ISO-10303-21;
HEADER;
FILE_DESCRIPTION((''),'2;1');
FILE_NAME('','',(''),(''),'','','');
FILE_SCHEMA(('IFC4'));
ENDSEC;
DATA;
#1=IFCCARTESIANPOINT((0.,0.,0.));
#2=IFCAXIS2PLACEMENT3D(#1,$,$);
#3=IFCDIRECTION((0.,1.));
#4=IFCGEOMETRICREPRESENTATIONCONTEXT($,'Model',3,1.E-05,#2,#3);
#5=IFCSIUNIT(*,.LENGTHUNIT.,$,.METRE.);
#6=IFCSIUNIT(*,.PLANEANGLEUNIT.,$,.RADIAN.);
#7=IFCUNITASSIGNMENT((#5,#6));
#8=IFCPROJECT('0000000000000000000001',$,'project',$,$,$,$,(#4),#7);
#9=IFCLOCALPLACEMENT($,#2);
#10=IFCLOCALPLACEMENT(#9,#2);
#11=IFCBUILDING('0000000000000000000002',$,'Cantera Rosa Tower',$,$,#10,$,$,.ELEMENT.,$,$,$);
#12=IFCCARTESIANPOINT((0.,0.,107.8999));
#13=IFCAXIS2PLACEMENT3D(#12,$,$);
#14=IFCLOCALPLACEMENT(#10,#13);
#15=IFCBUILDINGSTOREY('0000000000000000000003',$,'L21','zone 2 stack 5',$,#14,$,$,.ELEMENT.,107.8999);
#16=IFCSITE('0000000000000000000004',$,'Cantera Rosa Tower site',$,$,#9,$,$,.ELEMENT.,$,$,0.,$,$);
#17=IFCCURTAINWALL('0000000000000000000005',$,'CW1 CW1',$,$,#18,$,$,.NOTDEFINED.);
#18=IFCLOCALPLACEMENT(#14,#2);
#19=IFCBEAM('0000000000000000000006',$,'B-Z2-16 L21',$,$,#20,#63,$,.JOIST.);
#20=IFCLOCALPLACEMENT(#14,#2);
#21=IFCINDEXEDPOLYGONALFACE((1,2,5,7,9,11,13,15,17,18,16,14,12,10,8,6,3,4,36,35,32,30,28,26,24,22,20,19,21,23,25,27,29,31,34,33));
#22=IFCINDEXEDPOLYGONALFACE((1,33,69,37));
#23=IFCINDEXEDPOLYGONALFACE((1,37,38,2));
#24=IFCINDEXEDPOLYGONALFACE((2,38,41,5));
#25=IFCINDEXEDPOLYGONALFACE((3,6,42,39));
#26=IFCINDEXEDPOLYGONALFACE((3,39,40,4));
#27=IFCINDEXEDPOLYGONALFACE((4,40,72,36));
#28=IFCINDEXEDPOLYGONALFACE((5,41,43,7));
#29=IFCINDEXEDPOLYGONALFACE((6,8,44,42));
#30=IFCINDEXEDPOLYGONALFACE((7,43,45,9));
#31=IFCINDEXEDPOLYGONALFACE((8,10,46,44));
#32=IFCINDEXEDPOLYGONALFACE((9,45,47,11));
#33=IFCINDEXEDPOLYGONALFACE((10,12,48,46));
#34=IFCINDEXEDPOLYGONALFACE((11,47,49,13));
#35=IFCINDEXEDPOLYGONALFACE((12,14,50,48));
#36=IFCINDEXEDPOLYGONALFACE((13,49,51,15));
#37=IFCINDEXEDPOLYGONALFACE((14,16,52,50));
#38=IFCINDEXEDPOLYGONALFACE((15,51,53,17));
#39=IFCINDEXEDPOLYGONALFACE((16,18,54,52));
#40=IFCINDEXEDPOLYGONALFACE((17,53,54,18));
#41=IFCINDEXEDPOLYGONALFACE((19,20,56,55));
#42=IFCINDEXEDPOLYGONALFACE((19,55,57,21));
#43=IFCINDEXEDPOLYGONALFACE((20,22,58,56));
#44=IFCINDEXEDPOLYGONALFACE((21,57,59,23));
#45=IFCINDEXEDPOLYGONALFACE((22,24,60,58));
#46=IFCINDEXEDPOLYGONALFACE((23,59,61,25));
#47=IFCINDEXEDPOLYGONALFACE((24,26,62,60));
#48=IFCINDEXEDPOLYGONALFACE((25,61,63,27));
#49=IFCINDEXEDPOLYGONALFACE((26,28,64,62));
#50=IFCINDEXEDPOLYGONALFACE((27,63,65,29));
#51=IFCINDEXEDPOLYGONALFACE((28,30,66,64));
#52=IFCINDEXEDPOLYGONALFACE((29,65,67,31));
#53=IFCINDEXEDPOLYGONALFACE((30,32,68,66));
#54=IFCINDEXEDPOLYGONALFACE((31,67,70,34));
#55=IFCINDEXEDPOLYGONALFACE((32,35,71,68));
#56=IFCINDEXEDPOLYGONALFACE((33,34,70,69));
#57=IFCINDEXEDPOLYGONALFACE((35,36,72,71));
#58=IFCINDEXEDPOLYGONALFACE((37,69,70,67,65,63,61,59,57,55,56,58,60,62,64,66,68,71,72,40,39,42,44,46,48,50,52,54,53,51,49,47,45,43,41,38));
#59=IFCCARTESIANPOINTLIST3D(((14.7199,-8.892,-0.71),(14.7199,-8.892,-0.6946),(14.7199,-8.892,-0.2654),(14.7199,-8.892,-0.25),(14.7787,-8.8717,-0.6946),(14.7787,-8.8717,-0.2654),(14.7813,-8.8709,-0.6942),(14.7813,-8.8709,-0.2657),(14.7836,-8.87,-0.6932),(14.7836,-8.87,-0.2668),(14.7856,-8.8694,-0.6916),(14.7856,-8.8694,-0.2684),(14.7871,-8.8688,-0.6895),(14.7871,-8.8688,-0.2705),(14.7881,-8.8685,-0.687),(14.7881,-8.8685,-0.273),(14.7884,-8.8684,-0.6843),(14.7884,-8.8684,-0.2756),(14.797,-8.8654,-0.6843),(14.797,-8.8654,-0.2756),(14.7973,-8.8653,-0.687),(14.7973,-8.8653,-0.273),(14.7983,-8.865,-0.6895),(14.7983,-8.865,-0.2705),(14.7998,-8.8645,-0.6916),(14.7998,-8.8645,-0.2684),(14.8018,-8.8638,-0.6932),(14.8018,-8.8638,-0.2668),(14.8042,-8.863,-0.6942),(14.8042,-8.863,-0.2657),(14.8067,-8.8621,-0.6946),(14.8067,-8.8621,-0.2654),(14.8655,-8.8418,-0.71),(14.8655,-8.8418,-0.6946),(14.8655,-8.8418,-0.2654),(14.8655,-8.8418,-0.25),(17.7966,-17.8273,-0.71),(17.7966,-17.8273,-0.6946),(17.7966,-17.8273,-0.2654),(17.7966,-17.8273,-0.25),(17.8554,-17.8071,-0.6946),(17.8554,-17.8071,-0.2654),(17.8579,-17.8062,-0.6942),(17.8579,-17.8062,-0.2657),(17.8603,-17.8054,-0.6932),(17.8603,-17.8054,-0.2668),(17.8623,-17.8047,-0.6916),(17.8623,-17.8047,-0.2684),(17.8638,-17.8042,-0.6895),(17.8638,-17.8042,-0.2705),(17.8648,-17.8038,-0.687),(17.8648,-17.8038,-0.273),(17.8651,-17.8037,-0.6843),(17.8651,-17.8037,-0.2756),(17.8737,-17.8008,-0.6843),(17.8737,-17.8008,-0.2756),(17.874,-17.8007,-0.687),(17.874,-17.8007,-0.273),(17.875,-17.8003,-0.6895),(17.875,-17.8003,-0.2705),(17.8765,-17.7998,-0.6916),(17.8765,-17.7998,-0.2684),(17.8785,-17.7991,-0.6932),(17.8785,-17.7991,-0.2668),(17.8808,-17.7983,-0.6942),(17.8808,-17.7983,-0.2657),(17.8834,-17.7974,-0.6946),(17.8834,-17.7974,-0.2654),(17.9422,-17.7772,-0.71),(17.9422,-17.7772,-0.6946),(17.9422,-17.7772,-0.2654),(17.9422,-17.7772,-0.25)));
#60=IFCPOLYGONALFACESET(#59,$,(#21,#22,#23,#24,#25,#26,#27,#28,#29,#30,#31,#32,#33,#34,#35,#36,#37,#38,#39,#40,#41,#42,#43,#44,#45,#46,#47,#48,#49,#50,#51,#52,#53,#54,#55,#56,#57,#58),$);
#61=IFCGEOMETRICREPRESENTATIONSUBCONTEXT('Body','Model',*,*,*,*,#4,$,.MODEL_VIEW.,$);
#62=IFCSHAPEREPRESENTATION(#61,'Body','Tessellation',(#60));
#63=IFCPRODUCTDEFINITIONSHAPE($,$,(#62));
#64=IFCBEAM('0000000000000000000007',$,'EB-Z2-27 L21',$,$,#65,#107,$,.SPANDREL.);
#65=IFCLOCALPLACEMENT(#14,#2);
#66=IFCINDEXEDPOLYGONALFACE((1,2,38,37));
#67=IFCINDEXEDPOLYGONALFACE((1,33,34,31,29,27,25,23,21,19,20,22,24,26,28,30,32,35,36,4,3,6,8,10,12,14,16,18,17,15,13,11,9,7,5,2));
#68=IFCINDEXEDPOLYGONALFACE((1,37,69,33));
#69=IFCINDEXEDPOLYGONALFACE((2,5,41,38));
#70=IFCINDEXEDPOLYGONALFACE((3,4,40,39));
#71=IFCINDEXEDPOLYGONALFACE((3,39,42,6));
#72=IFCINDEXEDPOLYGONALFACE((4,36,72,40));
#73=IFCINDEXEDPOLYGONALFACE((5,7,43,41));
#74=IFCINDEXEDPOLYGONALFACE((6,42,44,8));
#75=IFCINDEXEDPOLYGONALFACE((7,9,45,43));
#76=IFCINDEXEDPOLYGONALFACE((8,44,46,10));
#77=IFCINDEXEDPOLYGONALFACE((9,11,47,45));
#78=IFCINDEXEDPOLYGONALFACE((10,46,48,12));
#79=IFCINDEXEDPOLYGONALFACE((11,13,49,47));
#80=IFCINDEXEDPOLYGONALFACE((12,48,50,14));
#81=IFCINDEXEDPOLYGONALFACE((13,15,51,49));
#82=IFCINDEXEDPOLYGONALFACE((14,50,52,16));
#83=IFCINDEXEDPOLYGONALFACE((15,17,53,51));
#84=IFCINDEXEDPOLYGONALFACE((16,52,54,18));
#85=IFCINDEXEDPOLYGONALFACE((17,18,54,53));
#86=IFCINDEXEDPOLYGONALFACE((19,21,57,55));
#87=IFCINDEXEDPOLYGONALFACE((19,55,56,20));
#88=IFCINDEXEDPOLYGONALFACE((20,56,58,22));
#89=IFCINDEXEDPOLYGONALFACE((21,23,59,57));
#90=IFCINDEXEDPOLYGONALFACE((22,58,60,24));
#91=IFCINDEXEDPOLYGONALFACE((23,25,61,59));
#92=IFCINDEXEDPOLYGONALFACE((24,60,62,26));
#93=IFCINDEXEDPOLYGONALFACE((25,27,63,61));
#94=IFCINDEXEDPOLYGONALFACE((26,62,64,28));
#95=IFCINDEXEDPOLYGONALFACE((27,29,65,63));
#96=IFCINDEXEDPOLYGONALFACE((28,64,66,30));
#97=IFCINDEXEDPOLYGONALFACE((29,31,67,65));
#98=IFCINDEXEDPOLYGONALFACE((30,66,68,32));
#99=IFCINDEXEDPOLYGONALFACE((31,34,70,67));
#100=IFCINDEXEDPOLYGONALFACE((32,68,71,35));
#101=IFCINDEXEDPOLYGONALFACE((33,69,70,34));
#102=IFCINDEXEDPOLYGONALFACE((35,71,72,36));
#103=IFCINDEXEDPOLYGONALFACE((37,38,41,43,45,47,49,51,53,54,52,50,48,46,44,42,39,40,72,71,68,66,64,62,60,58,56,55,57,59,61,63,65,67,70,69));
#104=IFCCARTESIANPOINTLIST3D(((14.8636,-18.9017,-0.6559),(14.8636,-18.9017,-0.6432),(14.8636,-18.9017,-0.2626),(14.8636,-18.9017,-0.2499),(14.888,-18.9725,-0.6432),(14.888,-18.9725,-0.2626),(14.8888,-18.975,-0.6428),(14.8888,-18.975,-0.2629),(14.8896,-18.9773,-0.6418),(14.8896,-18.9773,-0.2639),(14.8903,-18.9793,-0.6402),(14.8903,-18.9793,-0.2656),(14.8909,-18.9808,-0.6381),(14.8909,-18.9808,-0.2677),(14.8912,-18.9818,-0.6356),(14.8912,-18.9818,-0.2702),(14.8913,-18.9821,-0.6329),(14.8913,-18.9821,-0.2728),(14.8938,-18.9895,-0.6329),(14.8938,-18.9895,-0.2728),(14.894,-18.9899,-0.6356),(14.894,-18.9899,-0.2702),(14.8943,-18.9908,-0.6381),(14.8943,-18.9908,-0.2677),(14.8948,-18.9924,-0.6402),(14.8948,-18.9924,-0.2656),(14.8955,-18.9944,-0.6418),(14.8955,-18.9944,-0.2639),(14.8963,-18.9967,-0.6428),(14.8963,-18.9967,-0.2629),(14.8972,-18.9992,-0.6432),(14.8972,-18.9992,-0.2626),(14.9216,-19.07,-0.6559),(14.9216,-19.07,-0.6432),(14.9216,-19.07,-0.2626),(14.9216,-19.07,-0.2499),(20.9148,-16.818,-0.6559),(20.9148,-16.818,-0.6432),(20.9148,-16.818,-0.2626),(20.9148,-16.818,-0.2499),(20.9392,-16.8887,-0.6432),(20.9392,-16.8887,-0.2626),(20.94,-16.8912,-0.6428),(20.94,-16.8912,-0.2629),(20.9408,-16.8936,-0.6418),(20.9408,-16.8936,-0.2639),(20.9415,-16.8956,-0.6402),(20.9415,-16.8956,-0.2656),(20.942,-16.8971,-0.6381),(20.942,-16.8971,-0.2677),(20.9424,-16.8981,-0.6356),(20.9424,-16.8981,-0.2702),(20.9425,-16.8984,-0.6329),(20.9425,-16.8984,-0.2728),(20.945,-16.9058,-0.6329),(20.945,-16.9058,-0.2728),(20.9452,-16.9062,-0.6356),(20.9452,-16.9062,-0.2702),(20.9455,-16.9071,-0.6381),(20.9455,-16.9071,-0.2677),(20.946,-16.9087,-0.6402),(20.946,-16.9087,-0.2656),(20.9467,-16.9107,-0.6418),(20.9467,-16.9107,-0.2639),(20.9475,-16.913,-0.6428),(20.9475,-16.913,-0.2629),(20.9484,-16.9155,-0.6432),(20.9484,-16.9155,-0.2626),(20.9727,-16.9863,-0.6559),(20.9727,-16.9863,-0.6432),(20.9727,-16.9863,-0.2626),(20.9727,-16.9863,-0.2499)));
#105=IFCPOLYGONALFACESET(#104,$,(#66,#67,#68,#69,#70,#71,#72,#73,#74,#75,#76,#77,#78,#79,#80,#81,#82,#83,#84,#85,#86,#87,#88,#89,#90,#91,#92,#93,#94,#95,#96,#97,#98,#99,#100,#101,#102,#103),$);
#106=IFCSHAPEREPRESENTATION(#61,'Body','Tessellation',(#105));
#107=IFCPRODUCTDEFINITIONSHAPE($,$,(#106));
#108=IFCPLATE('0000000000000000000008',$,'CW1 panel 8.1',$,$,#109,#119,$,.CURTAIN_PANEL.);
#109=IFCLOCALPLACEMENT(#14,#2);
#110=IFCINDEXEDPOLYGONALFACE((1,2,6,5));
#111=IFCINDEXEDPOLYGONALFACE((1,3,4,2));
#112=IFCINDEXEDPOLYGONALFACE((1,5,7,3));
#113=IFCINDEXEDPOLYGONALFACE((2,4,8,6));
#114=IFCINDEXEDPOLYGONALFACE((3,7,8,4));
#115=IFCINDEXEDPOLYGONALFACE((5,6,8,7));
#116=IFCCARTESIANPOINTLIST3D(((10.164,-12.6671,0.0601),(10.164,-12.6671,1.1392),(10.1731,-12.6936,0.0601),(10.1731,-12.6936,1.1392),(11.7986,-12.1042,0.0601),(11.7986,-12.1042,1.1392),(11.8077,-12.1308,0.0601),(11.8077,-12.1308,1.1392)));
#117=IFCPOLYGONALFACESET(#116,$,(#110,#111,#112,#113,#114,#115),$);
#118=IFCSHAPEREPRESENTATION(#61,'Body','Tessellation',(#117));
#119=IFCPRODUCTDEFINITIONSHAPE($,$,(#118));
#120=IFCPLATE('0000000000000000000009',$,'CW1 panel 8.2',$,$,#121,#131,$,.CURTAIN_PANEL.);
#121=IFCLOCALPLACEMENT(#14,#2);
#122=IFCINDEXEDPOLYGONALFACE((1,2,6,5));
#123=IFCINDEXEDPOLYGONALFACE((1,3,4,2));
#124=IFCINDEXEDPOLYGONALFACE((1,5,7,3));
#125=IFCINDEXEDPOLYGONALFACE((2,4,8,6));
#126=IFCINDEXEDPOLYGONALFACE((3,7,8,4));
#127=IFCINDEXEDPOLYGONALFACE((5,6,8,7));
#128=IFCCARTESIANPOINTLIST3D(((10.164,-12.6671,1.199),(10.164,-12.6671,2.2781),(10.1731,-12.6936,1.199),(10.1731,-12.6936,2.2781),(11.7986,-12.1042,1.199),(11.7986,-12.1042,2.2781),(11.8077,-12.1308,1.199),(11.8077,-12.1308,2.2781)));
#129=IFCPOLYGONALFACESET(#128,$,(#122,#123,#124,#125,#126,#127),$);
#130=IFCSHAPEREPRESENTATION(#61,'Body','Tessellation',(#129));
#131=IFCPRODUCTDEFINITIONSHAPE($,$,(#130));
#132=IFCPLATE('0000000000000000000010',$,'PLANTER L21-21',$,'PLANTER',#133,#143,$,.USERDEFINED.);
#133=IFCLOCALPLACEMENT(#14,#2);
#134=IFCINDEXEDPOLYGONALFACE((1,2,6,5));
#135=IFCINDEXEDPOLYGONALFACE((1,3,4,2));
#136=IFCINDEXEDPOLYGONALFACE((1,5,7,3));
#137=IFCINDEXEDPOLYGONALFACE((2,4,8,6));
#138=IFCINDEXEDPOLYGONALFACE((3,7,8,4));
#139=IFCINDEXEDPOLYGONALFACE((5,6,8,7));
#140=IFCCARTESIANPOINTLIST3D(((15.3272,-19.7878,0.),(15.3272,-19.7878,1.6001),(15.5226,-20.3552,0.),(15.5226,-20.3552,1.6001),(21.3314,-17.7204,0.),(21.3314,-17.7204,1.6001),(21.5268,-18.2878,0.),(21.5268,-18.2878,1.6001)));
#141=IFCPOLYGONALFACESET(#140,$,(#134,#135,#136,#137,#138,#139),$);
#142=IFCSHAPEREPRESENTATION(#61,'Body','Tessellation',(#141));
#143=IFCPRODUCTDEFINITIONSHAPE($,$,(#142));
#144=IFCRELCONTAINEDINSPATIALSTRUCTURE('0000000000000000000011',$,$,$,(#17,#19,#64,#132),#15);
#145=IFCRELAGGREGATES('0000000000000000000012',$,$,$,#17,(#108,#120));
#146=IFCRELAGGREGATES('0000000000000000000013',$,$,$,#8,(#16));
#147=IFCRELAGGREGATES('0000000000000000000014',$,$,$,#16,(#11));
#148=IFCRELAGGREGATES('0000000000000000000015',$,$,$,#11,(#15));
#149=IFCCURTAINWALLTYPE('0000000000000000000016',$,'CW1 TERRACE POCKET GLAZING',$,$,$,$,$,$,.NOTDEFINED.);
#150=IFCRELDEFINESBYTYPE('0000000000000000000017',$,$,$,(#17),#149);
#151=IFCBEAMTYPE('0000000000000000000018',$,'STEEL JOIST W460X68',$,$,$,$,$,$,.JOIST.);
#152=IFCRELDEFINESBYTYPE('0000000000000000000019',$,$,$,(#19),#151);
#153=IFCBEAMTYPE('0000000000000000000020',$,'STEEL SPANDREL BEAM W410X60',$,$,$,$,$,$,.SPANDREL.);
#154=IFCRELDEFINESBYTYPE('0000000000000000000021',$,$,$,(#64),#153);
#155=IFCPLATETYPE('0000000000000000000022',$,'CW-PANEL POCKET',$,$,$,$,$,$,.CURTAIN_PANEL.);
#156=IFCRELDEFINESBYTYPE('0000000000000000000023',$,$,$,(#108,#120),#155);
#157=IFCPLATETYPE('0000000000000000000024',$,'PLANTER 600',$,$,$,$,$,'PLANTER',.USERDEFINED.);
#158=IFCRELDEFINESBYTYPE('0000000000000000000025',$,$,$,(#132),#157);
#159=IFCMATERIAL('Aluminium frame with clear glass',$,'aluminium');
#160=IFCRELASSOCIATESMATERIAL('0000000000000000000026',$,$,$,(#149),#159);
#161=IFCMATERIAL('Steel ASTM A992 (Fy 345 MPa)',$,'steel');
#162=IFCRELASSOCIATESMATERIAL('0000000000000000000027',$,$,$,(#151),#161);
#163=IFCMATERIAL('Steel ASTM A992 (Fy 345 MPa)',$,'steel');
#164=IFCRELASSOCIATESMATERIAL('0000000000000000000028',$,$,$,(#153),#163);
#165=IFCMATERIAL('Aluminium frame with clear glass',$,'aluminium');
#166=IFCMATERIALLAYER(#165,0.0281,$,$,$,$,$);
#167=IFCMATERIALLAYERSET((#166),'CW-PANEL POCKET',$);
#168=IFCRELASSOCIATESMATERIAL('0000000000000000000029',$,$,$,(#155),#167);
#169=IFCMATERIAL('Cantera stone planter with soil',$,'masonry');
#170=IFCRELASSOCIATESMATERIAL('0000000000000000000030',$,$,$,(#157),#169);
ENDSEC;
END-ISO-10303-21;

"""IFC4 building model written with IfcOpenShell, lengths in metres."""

from ifc_helpers import new_model, si_unit, direction, frame, origin, origin_2d, place, context, subcontext, project, spatial, rectangle, i_section, extrude, material, layer, layer_set, material_profile, profile_set, type_object, element, aggregate, save


model = new_model("IFC4")

# Units and contexts
model_context = context("Model", 3, precision=1e-05, world=origin(), true_north=direction((0.0, 1.0)))
body_context = subcontext(model_context, "Body", "Model", "MODEL_VIEW")
ifc_project = project(units=[si_unit("LENGTHUNIT", "METRE"), si_unit("PLANEANGLEUNIT", "RADIAN")], contexts=[model_context])

# Site, building, storey
site_placement = place(None, origin())
site = spatial("IfcSite", under=ifc_project, at=site_placement, Name="Cantera Rosa Tower site", CompositionType="ELEMENT", RefElevation=0.0)
building_placement = place(site_placement, origin())
building = spatial("IfcBuilding", under=site, at=building_placement, Name="Cantera Rosa Tower", CompositionType="ELEMENT")
storey_placement = place(building_placement, frame((0.0, 0.0, 107.8999)))
storey = spatial("IfcBuildingStorey", under=building, at=storey_placement, Name="L21", Description="zone 2 stack 5", CompositionType="ELEMENT", Elevation=107.8999)

# Curtain wall
ifc_material_1 = material(Name="Aluminium frame with clear glass", Category="aluminium")
curtain_wall_type = type_object("IfcCurtainWallType", Name="CW1 TERRACE POCKET GLAZING", PredefinedType="NOTDEFINED", material=ifc_material_1)
curtain_wall_placement = place(storey_placement, origin())
curtain_wall = element("IfcCurtainWall", 1, at=curtain_wall_placement, inside=storey, type_object=curtain_wall_type, Name="CW1 CW1", PredefinedType="NOTDEFINED")

# Beams
ifc_material_2 = material(Name="Steel ASTM A992 (Fy 345 MPa)", Category="steel")
ifc_material_profile_1 = material_profile(ifc_material_2, i_section(OverallWidth=0.1541, OverallDepth=0.46, WebThickness=0.009, FlangeThickness=0.0154, FilletRadius=0.0103, at=origin_2d()), Name="W460X68")
ifc_profile_set_1 = profile_set([ifc_material_profile_1], Name="Steel ASTM A992 (Fy 345 MPa)")
beam_type_1 = type_object("IfcBeamType", Name="STEEL JOIST W460X68", PredefinedType="JOIST", material=ifc_profile_set_1)
beam_1_placement = place(storey_placement, frame((17.8694, -17.8022, -0.48), z_axis=(-0.325567, 0.945519, 0.0), x_axis=(-0.945519, -0.325567, 0.0)))
element("IfcBeam", 2, at=beam_1_placement, inside=storey, type_object=beam_type_1, Name="B-Z2-16 L21", PredefinedType="JOIST", context=body_context, shape_type="SweptSolid", body=[
    extrude(i_section(OverallWidth=0.1541, OverallDepth=0.46, WebThickness=0.009, FlangeThickness=0.0154, FilletRadius=0.0103, at=origin_2d()), origin(), (0.0, 0.0, 1.0), 9.4502),
])
ifc_material_3 = material(Name="Steel ASTM A992 (Fy 345 MPa)", Category="steel")
ifc_material_profile_2 = material_profile(ifc_material_3, i_section(OverallWidth=0.178, OverallDepth=0.406, WebThickness=0.0078, FlangeThickness=0.0127, FilletRadius=0.0103, at=origin_2d()), Name="W410X60")
ifc_profile_set_2 = profile_set([ifc_material_profile_2], Name="Steel ASTM A992 (Fy 345 MPa)")
beam_type_2 = type_object("IfcBeamType", Name="STEEL SPANDREL BEAM W410X60", PredefinedType="SPANDREL", material=ifc_profile_set_2)
beam_2_placement = place(storey_placement, frame((14.8926, -18.9858, -0.4529), z_axis=(0.945513, 0.325585, 0.0), x_axis=(-0.325585, 0.945513, 0.0)))
element("IfcBeam", 3, at=beam_2_placement, inside=storey, type_object=beam_type_2, Name="EB-Z2-27 L21", PredefinedType="SPANDREL", context=body_context, shape_type="SweptSolid", body=[
    extrude(i_section(OverallWidth=0.178, OverallDepth=0.406, WebThickness=0.0078, FlangeThickness=0.0127, FilletRadius=0.0103, at=origin_2d()), origin(), (0.0, 0.0, 1.0), 6.3999),
])

# Plates
ifc_material_4 = material(Name="Aluminium frame with clear glass", Category="aluminium")
ifc_layer_1 = layer(ifc_material_4, 0.0281)
ifc_layer_set_1 = layer_set([ifc_layer_1], Name="CW-PANEL POCKET")
plate_type_1 = type_object("IfcPlateType", Name="CW-PANEL POCKET", PredefinedType="CURTAIN_PANEL", material=ifc_layer_set_1)
plate_1_placement = place(storey_placement, frame((10.9858, -12.3989, 0.0601), z_axis=(0.0, 0.0, 1.0), x_axis=(0.945519, 0.325568, 0.0)))
plate_1 = element("IfcPlate", 4, at=plate_1_placement, type_object=plate_type_1, Name="CW1 panel 8.1", PredefinedType="CURTAIN_PANEL", context=body_context, shape_type="SweptSolid", body=[
    extrude(rectangle(XDim=1.7288, YDim=0.0281, at=origin_2d()), origin(), (0.0, 0.0, 1.0), 1.0791),
])
plate_2_placement = place(storey_placement, frame((10.9858, -12.3989, 1.199), z_axis=(0.0, 0.0, 1.0), x_axis=(0.945519, 0.325568, 0.0)))
plate_2 = element("IfcPlate", 5, at=plate_2_placement, type_object=plate_type_1, Name="CW1 panel 8.2", PredefinedType="CURTAIN_PANEL", context=body_context, shape_type="SweptSolid", body=[
    extrude(rectangle(XDim=1.7288, YDim=0.0281, at=origin_2d()), origin(), (0.0, 0.0, 1.0), 1.0791),
])
aggregate(curtain_wall, [plate_1, plate_2])
ifc_material_5 = material(Name="Cantera stone planter with soil", Category="masonry")
plate_type_2 = type_object("IfcPlateType", Name="PLANTER 600", ElementType="PLANTER", PredefinedType="USERDEFINED", material=ifc_material_5)
plate_3_placement = place(storey_placement, frame((18.427, -19.0378, 0.0), z_axis=(0.0, 0.0, 1.0), x_axis=(0.945519, 0.325568, 0.0)))
element("IfcPlate", 6, at=plate_3_placement, inside=storey, type_object=plate_type_2, Name="PLANTER L21-21", ObjectType="PLANTER", PredefinedType="USERDEFINED", context=body_context, shape_type="SweptSolid", body=[
    extrude(rectangle(XDim=6.3501, YDim=0.6001, at=origin_2d()), origin(), (0.0, 0.0, 1.0), 1.6001),
])

save(model, "model.ifc")
